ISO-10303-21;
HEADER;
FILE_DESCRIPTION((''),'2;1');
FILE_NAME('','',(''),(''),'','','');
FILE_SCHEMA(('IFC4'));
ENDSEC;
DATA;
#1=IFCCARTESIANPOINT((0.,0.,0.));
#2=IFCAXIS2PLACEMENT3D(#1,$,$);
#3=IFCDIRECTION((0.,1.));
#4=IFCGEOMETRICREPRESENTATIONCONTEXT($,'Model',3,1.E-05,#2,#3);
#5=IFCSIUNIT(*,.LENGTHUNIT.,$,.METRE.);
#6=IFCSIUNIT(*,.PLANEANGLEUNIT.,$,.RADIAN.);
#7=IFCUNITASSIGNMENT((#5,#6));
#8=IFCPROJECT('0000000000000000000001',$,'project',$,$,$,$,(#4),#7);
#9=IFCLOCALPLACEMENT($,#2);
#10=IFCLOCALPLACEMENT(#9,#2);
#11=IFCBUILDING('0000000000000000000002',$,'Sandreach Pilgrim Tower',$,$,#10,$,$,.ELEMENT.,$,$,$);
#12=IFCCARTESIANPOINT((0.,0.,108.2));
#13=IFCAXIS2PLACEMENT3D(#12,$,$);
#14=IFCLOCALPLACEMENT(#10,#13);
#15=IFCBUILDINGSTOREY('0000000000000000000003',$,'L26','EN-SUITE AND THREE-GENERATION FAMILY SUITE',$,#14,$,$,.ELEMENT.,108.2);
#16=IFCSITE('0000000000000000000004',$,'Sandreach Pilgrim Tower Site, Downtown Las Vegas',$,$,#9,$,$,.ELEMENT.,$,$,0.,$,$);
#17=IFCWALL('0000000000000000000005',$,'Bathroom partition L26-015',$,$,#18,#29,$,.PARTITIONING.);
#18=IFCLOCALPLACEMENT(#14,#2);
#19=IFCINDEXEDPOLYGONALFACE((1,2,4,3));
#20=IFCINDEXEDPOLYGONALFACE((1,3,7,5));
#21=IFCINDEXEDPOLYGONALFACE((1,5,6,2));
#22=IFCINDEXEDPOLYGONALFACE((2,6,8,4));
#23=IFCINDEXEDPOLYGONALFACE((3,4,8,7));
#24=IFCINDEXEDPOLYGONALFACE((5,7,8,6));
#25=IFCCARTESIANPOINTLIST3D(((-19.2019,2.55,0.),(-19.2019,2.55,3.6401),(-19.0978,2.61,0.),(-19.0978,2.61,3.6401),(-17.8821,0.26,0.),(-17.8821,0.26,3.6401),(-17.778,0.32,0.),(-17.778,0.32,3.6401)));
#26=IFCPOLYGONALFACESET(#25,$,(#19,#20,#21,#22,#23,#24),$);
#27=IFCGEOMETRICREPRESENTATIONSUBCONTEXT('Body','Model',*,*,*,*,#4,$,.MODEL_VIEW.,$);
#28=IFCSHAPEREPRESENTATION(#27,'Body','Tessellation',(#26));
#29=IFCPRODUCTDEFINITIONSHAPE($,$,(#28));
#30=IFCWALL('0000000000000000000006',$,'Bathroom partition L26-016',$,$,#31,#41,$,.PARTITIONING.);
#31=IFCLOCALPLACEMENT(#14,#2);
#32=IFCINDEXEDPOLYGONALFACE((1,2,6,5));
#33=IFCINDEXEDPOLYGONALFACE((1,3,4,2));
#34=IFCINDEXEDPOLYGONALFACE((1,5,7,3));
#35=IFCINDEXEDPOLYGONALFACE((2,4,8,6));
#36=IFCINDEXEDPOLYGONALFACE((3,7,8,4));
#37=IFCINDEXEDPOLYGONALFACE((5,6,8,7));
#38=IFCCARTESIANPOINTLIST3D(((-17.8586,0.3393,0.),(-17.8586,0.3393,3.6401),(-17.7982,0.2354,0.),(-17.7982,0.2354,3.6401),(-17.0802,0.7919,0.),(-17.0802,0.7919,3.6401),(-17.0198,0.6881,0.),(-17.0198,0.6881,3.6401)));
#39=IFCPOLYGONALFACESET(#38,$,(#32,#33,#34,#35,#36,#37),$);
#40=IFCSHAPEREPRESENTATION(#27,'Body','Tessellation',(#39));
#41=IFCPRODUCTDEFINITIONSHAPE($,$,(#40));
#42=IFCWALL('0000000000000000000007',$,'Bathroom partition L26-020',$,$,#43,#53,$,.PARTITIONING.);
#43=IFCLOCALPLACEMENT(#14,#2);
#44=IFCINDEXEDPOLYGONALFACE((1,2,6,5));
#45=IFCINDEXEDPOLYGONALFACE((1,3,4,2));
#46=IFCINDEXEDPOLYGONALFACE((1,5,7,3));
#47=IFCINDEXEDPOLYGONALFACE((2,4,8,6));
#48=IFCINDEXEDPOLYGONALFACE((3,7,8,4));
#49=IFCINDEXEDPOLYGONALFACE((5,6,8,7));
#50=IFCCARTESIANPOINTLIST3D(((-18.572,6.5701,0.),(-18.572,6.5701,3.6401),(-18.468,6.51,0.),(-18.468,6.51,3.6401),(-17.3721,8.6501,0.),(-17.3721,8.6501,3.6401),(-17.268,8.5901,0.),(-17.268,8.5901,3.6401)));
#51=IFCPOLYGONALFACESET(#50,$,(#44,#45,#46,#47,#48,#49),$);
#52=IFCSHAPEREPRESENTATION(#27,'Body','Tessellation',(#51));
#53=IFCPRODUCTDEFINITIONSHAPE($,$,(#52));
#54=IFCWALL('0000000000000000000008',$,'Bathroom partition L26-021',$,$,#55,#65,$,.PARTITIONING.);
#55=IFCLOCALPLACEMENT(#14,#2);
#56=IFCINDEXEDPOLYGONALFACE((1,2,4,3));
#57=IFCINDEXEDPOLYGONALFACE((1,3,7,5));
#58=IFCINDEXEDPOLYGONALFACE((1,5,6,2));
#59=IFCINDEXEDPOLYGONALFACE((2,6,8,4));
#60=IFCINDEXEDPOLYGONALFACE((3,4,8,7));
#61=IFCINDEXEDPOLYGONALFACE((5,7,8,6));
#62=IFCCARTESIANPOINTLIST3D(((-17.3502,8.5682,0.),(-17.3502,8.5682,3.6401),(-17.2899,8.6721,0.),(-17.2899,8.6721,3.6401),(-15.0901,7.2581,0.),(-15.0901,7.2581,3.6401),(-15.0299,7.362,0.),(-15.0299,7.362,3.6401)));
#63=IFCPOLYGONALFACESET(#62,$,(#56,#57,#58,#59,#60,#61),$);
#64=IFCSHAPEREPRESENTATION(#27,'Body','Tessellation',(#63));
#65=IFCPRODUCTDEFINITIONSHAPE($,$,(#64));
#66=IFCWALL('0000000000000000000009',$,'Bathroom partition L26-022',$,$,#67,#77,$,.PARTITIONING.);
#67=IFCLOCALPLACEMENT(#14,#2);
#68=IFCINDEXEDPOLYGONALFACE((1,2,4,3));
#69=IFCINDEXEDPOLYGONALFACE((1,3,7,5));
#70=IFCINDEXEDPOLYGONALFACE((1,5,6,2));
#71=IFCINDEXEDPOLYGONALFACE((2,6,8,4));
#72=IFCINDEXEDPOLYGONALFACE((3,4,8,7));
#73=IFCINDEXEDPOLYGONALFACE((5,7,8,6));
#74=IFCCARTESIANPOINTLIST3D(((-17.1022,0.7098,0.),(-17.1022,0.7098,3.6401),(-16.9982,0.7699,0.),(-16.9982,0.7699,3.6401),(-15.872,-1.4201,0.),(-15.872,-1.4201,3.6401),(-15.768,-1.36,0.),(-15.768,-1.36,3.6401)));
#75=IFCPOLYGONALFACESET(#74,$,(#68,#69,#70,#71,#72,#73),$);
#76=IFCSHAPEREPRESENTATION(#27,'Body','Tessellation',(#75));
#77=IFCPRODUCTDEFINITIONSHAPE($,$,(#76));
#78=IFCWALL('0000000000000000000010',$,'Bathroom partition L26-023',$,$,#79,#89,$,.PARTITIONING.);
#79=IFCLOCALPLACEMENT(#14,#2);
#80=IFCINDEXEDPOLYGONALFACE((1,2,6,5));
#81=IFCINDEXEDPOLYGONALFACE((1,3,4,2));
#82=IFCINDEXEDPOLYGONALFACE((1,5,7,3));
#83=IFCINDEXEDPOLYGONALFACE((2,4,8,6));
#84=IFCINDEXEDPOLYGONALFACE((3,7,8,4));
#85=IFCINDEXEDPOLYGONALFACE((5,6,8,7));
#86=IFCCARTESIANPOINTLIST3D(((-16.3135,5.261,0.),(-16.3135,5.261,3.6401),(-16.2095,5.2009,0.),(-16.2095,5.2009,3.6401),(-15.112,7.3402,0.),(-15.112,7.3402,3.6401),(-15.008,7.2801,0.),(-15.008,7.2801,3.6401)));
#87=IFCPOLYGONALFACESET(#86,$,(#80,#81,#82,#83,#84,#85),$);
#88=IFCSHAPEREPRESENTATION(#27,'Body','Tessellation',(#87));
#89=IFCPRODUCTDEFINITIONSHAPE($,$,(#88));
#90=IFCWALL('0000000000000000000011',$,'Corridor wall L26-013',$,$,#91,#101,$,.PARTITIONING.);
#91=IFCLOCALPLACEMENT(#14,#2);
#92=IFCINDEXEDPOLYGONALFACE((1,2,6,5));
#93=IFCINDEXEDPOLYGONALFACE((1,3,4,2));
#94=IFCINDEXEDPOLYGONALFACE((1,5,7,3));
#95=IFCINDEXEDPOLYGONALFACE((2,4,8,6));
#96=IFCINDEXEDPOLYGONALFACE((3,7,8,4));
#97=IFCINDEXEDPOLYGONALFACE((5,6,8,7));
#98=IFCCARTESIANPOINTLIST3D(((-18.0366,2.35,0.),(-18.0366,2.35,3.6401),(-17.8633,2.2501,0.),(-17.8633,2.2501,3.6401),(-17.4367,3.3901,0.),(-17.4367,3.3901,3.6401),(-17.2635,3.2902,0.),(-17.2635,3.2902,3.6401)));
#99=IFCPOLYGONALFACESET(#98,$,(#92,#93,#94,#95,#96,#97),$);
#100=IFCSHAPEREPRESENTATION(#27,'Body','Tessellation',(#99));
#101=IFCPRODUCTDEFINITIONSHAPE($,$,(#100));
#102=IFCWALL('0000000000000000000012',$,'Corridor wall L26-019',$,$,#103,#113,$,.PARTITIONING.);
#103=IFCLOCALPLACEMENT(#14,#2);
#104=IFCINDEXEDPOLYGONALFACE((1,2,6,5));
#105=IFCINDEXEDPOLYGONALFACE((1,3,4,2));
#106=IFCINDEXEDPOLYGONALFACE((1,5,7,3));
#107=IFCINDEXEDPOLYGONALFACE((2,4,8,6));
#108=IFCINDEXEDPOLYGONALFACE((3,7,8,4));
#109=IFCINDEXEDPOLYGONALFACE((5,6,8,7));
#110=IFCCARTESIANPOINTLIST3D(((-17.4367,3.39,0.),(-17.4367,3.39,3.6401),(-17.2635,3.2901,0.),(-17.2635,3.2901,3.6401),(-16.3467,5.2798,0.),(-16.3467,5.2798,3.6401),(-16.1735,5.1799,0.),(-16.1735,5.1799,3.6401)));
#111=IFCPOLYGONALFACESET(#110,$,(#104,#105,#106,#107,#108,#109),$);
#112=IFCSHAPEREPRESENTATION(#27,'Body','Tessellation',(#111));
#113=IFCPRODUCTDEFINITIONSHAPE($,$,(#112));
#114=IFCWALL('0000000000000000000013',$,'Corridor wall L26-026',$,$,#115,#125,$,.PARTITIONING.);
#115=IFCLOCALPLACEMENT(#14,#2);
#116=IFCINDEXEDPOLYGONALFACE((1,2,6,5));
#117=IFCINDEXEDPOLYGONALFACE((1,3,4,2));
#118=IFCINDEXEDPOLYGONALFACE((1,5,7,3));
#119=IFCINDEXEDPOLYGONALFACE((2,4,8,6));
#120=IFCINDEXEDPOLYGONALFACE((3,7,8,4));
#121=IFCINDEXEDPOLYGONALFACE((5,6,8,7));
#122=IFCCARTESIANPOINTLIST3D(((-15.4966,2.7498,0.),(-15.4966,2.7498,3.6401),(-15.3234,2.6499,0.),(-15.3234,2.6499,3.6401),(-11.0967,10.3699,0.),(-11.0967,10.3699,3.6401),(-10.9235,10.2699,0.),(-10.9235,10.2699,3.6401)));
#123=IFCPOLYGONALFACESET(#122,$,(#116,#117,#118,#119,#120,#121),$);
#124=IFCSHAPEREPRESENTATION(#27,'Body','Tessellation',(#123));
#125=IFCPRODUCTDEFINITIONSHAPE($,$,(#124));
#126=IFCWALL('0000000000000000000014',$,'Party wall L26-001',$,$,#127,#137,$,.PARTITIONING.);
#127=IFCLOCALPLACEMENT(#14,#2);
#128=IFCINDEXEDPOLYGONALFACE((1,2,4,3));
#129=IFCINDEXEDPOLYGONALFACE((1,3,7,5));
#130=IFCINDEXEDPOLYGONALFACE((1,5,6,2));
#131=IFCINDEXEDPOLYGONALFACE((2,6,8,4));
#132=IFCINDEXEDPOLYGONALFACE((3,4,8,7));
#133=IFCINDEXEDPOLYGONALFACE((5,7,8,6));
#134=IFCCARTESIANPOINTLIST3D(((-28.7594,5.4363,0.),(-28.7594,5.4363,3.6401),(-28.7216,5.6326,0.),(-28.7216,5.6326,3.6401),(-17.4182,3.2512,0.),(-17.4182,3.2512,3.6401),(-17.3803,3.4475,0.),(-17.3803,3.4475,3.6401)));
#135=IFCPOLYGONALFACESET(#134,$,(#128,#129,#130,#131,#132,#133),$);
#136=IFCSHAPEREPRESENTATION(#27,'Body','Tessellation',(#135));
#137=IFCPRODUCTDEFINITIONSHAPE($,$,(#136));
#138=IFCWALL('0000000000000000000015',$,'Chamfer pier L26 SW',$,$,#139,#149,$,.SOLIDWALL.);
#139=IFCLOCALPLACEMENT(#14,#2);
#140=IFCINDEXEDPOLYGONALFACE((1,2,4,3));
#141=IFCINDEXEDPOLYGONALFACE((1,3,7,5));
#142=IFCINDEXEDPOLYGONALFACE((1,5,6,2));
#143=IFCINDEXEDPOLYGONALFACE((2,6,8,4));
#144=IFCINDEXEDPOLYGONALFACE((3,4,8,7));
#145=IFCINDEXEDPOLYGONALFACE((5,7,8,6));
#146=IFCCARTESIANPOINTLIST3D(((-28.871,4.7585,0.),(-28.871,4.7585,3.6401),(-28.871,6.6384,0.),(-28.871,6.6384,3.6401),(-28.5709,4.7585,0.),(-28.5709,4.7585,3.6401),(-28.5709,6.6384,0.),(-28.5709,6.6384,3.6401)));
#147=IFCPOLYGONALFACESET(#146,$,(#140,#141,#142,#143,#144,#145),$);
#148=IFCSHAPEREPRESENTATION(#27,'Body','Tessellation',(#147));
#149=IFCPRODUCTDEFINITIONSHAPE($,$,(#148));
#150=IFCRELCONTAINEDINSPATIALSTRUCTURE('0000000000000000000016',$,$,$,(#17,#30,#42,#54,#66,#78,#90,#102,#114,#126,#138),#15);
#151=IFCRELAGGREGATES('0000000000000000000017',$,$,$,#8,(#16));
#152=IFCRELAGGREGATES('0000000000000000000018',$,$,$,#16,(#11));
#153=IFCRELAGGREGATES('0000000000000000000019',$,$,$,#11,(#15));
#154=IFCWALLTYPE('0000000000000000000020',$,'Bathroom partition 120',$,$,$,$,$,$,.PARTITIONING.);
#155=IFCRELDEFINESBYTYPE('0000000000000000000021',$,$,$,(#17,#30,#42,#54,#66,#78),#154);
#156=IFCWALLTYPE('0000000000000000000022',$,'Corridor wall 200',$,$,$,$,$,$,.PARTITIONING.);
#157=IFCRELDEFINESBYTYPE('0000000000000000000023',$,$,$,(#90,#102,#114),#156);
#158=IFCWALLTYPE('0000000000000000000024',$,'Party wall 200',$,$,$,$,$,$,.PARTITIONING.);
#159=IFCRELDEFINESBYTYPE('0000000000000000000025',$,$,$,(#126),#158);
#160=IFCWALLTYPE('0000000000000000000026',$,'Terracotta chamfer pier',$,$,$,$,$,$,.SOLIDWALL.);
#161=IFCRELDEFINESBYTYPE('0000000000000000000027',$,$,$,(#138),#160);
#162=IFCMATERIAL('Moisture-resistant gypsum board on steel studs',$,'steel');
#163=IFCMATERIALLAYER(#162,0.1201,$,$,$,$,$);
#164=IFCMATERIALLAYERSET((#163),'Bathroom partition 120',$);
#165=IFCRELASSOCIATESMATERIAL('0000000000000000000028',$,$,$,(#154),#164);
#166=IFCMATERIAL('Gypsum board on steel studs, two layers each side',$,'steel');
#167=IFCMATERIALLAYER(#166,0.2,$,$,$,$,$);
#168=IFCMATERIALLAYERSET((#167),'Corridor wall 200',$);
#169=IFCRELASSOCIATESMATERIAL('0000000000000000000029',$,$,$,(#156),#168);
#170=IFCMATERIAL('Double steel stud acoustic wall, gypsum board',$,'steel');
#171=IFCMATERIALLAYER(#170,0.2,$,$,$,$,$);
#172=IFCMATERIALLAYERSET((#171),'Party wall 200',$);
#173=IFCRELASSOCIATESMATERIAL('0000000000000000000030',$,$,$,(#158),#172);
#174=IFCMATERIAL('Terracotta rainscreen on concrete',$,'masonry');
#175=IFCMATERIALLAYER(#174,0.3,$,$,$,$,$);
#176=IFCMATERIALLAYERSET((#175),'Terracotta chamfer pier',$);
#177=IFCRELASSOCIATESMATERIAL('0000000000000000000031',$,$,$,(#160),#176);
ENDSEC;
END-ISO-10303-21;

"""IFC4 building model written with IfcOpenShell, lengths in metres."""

from ifc_helpers import new_model, si_unit, direction, frame, frame_2d, origin, place, context, subcontext, project, spatial, rectangle, extrude, material, layer, layer_set, type_object, element, save


model = new_model("IFC4")

# Units and contexts
model_context = context("Model", 3, precision=1e-05, world=origin(), true_north=direction((0.0, 1.0)))
body_context = subcontext(model_context, "Body", "Model", "MODEL_VIEW")
ifc_project = project(units=[si_unit("LENGTHUNIT", "METRE"), si_unit("PLANEANGLEUNIT", "RADIAN")], contexts=[model_context])

# Site, building, storey
site_placement = place(None, origin())
site = spatial("IfcSite", under=ifc_project, at=site_placement, Name="Sandreach Pilgrim Tower Site, Downtown Las Vegas", CompositionType="ELEMENT", RefElevation=0.0)
building_placement = place(site_placement, origin())
building = spatial("IfcBuilding", under=site, at=building_placement, Name="Sandreach Pilgrim Tower", CompositionType="ELEMENT")
storey_placement = place(building_placement, frame((0.0, 0.0, 108.2)))
storey = spatial("IfcBuildingStorey", under=building, at=storey_placement, Name="L26", Description="EN-SUITE AND THREE-GENERATION FAMILY SUITE", CompositionType="ELEMENT", Elevation=108.2)

# Shared definitions
ifc_material_1 = material(Name="Moisture-resistant gypsum board on steel studs", Category="steel")
ifc_layer_1 = layer(ifc_material_1, 0.1201)
ifc_layer_set_1 = layer_set([ifc_layer_1], Name="Bathroom partition 120")
wall_type_1 = type_object("IfcWallType", Name="Bathroom partition 120", PredefinedType="PARTITIONING", material=ifc_layer_set_1)

# Walls
wall_1_placement = place(storey_placement, frame((-17.8301, 0.29, 0.0), z_axis=(0.0, 0.0, 1.0), x_axis=(-0.499339, 0.866407, 0.0)))
element("IfcWall", 1, at=wall_1_placement, inside=storey, type_object=wall_type_1, Name="Bathroom partition L26-015", PredefinedType="PARTITIONING", context=body_context, shape_type="SweptSolid", body=[
    extrude(rectangle(XDim=2.6431, YDim=0.1201, at=frame_2d((1.3215, 0.0))), origin(), (0.0, 0.0, 1.0), 3.6401),
])
wall_2_placement = place(storey_placement, frame((-17.8284, 0.2874, 0.0), z_axis=(0.0, 0.0, 1.0), x_axis=(0.864447, 0.502724, 0.0)))
element("IfcWall", 2, at=wall_2_placement, inside=storey, type_object=wall_type_1, Name="Bathroom partition L26-016", PredefinedType="PARTITIONING", context=body_context, shape_type="SweptSolid", body=[
    extrude(rectangle(XDim=0.9004, YDim=0.1201, at=frame_2d((0.4502, 0.0))), origin(), (0.0, 0.0, 1.0), 3.6401),
])
wall_3_placement = place(storey_placement, frame((-17.3201, 8.6201, 0.0), z_axis=(0.0, 0.0, 1.0), x_axis=(-0.499693, -0.866203, 0.0)))
element("IfcWall", 3, at=wall_3_placement, inside=storey, type_object=wall_type_1, Name="Bathroom partition L26-020", PredefinedType="PARTITIONING", context=body_context, shape_type="SweptSolid", body=[
    extrude(rectangle(XDim=2.4014, YDim=0.1201, at=frame_2d((1.2007, 0.0))), origin(), (0.0, 0.0, 1.0), 3.6401),
])
wall_4_placement = place(storey_placement, frame((-17.3201, 8.6201, 0.0), z_axis=(0.0, 0.0, 1.0), x_axis=(0.865155, -0.501504, 0.0)))
element("IfcWall", 4, at=wall_4_placement, inside=storey, type_object=wall_type_1, Name="Bathroom partition L26-021", PredefinedType="PARTITIONING", context=body_context, shape_type="SweptSolid", body=[
    extrude(rectangle(XDim=2.6123, YDim=0.1201, at=frame_2d((1.3062, 0.0))), origin(), (0.0, 0.0, 1.0), 3.6401),
])
wall_5_placement = place(storey_placement, frame((-17.0503, 0.74, 0.0), z_axis=(0.0, 0.0, 1.0), x_axis=(0.500163, -0.865931, 0.0)))
element("IfcWall", 5, at=wall_5_placement, inside=storey, type_object=wall_type_1, Name="Bathroom partition L26-022", PredefinedType="PARTITIONING", context=body_context, shape_type="SweptSolid", body=[
    extrude(rectangle(XDim=2.4597, YDim=0.1201, at=frame_2d((1.23, 0.0))), origin(), (0.0, 0.0, 1.0), 3.6401),
])
wall_6_placement = place(storey_placement, frame((-16.2615, 5.231, 0.0), z_axis=(0.0, 0.0, 1.0), x_axis=(0.500327, 0.865837, 0.0)))
element("IfcWall", 6, at=wall_6_placement, inside=storey, type_object=wall_type_1, Name="Bathroom partition L26-023", PredefinedType="PARTITIONING", context=body_context, shape_type="SweptSolid", body=[
    extrude(rectangle(XDim=2.4014, YDim=0.1201, at=frame_2d((1.2007, 0.0))), origin(), (0.0, 0.0, 1.0), 3.6401),
])
ifc_material_2 = material(Name="Gypsum board on steel studs, two layers each side", Category="steel")
ifc_layer_2 = layer(ifc_material_2, 0.2)
ifc_layer_set_2 = layer_set([ifc_layer_2], Name="Corridor wall 200")
wall_type_2 = type_object("IfcWallType", Name="Corridor wall 200", PredefinedType="PARTITIONING", material=ifc_layer_set_2)
wall_7_placement = place(storey_placement, frame((-17.95, 2.3, 0.0), z_axis=(0.0, 0.0, 1.0), x_axis=(0.499617, 0.866247, 0.0)))
element("IfcWall", 7, at=wall_7_placement, inside=storey, type_object=wall_type_2, Name="Corridor wall L26-013", PredefinedType="PARTITIONING", context=body_context, shape_type="SweptSolid", body=[
    extrude(rectangle(XDim=1.2007, YDim=0.2, at=frame_2d((0.6003, 0.0))), origin(), (0.0, 0.0, 1.0), 3.6401),
])

# Walls
wall_8_placement = place(storey_placement, frame((-17.3501, 3.3401, 0.0), z_axis=(0.0, 0.0, 1.0), x_axis=(0.499642, 0.866232, 0.0)))
element("IfcWall", 8, at=wall_8_placement, inside=storey, type_object=wall_type_2, Name="Corridor wall L26-019", PredefinedType="PARTITIONING", context=body_context, shape_type="SweptSolid", body=[
    extrude(rectangle(XDim=2.1816, YDim=0.2, at=frame_2d((1.0908, 0.0))), origin(), (0.0, 0.0, 1.0), 3.6401),
])
wall_9_placement = place(storey_placement, frame((-15.4099, 2.7, 0.0), z_axis=(0.0, 0.0, 1.0), x_axis=(0.500036, 0.866004, 0.0)))
element("IfcWall", 9, at=wall_9_placement, inside=storey, type_object=wall_type_2, Name="Corridor wall L26-026", PredefinedType="PARTITIONING", context=body_context, shape_type="SweptSolid", body=[
    extrude(rectangle(XDim=8.7991, YDim=0.2, at=frame_2d((4.3994, 0.0))), origin(), (0.0, 0.0, 1.0), 3.6401),
])
ifc_material_3 = material(Name="Double steel stud acoustic wall, gypsum board", Category="steel")
ifc_layer_3 = layer(ifc_material_3, 0.2)
ifc_layer_set_3 = layer_set([ifc_layer_3], Name="Party wall 200")
wall_type_3 = type_object("IfcWallType", Name="Party wall 200", PredefinedType="PARTITIONING", material=ifc_layer_set_3)
wall_10_placement = place(storey_placement, frame((-28.7405, 5.5344, 0.0), z_axis=(0.0, 0.0, 1.0), x_axis=(0.981942, -0.189185, 0.0)))
element("IfcWall", 10, at=wall_10_placement, inside=storey, type_object=wall_type_3, Name="Party wall L26-001", PredefinedType="PARTITIONING", context=body_context, shape_type="SweptSolid", body=[
    extrude(rectangle(XDim=11.5498, YDim=0.2, at=frame_2d((5.7749, 0.0))), origin(), (0.0, 0.0, 1.0), 3.6401),
])
ifc_material_4 = material(Name="Terracotta rainscreen on concrete", Category="masonry")
ifc_layer_4 = layer(ifc_material_4, 0.3)
ifc_layer_set_4 = layer_set([ifc_layer_4], Name="Terracotta chamfer pier")
wall_type_4 = type_object("IfcWallType", Name="Terracotta chamfer pier", PredefinedType="SOLIDWALL", material=ifc_layer_set_4)
wall_11_placement = place(storey_placement, frame((-28.7209, 4.7585, 0.0), z_axis=(0.0, 0.0, 1.0), x_axis=(0.0, 1.0, 0.0)))
element("IfcWall", 11, at=wall_11_placement, inside=storey, type_object=wall_type_4, Name="Chamfer pier L26 SW", PredefinedType="SOLIDWALL", context=body_context, shape_type="SweptSolid", body=[
    extrude(rectangle(XDim=1.8799, YDim=0.3, at=frame_2d((0.9399, 0.0))), origin(), (0.0, 0.0, 1.0), 3.6401),
])

save(model, "model.ifc")
